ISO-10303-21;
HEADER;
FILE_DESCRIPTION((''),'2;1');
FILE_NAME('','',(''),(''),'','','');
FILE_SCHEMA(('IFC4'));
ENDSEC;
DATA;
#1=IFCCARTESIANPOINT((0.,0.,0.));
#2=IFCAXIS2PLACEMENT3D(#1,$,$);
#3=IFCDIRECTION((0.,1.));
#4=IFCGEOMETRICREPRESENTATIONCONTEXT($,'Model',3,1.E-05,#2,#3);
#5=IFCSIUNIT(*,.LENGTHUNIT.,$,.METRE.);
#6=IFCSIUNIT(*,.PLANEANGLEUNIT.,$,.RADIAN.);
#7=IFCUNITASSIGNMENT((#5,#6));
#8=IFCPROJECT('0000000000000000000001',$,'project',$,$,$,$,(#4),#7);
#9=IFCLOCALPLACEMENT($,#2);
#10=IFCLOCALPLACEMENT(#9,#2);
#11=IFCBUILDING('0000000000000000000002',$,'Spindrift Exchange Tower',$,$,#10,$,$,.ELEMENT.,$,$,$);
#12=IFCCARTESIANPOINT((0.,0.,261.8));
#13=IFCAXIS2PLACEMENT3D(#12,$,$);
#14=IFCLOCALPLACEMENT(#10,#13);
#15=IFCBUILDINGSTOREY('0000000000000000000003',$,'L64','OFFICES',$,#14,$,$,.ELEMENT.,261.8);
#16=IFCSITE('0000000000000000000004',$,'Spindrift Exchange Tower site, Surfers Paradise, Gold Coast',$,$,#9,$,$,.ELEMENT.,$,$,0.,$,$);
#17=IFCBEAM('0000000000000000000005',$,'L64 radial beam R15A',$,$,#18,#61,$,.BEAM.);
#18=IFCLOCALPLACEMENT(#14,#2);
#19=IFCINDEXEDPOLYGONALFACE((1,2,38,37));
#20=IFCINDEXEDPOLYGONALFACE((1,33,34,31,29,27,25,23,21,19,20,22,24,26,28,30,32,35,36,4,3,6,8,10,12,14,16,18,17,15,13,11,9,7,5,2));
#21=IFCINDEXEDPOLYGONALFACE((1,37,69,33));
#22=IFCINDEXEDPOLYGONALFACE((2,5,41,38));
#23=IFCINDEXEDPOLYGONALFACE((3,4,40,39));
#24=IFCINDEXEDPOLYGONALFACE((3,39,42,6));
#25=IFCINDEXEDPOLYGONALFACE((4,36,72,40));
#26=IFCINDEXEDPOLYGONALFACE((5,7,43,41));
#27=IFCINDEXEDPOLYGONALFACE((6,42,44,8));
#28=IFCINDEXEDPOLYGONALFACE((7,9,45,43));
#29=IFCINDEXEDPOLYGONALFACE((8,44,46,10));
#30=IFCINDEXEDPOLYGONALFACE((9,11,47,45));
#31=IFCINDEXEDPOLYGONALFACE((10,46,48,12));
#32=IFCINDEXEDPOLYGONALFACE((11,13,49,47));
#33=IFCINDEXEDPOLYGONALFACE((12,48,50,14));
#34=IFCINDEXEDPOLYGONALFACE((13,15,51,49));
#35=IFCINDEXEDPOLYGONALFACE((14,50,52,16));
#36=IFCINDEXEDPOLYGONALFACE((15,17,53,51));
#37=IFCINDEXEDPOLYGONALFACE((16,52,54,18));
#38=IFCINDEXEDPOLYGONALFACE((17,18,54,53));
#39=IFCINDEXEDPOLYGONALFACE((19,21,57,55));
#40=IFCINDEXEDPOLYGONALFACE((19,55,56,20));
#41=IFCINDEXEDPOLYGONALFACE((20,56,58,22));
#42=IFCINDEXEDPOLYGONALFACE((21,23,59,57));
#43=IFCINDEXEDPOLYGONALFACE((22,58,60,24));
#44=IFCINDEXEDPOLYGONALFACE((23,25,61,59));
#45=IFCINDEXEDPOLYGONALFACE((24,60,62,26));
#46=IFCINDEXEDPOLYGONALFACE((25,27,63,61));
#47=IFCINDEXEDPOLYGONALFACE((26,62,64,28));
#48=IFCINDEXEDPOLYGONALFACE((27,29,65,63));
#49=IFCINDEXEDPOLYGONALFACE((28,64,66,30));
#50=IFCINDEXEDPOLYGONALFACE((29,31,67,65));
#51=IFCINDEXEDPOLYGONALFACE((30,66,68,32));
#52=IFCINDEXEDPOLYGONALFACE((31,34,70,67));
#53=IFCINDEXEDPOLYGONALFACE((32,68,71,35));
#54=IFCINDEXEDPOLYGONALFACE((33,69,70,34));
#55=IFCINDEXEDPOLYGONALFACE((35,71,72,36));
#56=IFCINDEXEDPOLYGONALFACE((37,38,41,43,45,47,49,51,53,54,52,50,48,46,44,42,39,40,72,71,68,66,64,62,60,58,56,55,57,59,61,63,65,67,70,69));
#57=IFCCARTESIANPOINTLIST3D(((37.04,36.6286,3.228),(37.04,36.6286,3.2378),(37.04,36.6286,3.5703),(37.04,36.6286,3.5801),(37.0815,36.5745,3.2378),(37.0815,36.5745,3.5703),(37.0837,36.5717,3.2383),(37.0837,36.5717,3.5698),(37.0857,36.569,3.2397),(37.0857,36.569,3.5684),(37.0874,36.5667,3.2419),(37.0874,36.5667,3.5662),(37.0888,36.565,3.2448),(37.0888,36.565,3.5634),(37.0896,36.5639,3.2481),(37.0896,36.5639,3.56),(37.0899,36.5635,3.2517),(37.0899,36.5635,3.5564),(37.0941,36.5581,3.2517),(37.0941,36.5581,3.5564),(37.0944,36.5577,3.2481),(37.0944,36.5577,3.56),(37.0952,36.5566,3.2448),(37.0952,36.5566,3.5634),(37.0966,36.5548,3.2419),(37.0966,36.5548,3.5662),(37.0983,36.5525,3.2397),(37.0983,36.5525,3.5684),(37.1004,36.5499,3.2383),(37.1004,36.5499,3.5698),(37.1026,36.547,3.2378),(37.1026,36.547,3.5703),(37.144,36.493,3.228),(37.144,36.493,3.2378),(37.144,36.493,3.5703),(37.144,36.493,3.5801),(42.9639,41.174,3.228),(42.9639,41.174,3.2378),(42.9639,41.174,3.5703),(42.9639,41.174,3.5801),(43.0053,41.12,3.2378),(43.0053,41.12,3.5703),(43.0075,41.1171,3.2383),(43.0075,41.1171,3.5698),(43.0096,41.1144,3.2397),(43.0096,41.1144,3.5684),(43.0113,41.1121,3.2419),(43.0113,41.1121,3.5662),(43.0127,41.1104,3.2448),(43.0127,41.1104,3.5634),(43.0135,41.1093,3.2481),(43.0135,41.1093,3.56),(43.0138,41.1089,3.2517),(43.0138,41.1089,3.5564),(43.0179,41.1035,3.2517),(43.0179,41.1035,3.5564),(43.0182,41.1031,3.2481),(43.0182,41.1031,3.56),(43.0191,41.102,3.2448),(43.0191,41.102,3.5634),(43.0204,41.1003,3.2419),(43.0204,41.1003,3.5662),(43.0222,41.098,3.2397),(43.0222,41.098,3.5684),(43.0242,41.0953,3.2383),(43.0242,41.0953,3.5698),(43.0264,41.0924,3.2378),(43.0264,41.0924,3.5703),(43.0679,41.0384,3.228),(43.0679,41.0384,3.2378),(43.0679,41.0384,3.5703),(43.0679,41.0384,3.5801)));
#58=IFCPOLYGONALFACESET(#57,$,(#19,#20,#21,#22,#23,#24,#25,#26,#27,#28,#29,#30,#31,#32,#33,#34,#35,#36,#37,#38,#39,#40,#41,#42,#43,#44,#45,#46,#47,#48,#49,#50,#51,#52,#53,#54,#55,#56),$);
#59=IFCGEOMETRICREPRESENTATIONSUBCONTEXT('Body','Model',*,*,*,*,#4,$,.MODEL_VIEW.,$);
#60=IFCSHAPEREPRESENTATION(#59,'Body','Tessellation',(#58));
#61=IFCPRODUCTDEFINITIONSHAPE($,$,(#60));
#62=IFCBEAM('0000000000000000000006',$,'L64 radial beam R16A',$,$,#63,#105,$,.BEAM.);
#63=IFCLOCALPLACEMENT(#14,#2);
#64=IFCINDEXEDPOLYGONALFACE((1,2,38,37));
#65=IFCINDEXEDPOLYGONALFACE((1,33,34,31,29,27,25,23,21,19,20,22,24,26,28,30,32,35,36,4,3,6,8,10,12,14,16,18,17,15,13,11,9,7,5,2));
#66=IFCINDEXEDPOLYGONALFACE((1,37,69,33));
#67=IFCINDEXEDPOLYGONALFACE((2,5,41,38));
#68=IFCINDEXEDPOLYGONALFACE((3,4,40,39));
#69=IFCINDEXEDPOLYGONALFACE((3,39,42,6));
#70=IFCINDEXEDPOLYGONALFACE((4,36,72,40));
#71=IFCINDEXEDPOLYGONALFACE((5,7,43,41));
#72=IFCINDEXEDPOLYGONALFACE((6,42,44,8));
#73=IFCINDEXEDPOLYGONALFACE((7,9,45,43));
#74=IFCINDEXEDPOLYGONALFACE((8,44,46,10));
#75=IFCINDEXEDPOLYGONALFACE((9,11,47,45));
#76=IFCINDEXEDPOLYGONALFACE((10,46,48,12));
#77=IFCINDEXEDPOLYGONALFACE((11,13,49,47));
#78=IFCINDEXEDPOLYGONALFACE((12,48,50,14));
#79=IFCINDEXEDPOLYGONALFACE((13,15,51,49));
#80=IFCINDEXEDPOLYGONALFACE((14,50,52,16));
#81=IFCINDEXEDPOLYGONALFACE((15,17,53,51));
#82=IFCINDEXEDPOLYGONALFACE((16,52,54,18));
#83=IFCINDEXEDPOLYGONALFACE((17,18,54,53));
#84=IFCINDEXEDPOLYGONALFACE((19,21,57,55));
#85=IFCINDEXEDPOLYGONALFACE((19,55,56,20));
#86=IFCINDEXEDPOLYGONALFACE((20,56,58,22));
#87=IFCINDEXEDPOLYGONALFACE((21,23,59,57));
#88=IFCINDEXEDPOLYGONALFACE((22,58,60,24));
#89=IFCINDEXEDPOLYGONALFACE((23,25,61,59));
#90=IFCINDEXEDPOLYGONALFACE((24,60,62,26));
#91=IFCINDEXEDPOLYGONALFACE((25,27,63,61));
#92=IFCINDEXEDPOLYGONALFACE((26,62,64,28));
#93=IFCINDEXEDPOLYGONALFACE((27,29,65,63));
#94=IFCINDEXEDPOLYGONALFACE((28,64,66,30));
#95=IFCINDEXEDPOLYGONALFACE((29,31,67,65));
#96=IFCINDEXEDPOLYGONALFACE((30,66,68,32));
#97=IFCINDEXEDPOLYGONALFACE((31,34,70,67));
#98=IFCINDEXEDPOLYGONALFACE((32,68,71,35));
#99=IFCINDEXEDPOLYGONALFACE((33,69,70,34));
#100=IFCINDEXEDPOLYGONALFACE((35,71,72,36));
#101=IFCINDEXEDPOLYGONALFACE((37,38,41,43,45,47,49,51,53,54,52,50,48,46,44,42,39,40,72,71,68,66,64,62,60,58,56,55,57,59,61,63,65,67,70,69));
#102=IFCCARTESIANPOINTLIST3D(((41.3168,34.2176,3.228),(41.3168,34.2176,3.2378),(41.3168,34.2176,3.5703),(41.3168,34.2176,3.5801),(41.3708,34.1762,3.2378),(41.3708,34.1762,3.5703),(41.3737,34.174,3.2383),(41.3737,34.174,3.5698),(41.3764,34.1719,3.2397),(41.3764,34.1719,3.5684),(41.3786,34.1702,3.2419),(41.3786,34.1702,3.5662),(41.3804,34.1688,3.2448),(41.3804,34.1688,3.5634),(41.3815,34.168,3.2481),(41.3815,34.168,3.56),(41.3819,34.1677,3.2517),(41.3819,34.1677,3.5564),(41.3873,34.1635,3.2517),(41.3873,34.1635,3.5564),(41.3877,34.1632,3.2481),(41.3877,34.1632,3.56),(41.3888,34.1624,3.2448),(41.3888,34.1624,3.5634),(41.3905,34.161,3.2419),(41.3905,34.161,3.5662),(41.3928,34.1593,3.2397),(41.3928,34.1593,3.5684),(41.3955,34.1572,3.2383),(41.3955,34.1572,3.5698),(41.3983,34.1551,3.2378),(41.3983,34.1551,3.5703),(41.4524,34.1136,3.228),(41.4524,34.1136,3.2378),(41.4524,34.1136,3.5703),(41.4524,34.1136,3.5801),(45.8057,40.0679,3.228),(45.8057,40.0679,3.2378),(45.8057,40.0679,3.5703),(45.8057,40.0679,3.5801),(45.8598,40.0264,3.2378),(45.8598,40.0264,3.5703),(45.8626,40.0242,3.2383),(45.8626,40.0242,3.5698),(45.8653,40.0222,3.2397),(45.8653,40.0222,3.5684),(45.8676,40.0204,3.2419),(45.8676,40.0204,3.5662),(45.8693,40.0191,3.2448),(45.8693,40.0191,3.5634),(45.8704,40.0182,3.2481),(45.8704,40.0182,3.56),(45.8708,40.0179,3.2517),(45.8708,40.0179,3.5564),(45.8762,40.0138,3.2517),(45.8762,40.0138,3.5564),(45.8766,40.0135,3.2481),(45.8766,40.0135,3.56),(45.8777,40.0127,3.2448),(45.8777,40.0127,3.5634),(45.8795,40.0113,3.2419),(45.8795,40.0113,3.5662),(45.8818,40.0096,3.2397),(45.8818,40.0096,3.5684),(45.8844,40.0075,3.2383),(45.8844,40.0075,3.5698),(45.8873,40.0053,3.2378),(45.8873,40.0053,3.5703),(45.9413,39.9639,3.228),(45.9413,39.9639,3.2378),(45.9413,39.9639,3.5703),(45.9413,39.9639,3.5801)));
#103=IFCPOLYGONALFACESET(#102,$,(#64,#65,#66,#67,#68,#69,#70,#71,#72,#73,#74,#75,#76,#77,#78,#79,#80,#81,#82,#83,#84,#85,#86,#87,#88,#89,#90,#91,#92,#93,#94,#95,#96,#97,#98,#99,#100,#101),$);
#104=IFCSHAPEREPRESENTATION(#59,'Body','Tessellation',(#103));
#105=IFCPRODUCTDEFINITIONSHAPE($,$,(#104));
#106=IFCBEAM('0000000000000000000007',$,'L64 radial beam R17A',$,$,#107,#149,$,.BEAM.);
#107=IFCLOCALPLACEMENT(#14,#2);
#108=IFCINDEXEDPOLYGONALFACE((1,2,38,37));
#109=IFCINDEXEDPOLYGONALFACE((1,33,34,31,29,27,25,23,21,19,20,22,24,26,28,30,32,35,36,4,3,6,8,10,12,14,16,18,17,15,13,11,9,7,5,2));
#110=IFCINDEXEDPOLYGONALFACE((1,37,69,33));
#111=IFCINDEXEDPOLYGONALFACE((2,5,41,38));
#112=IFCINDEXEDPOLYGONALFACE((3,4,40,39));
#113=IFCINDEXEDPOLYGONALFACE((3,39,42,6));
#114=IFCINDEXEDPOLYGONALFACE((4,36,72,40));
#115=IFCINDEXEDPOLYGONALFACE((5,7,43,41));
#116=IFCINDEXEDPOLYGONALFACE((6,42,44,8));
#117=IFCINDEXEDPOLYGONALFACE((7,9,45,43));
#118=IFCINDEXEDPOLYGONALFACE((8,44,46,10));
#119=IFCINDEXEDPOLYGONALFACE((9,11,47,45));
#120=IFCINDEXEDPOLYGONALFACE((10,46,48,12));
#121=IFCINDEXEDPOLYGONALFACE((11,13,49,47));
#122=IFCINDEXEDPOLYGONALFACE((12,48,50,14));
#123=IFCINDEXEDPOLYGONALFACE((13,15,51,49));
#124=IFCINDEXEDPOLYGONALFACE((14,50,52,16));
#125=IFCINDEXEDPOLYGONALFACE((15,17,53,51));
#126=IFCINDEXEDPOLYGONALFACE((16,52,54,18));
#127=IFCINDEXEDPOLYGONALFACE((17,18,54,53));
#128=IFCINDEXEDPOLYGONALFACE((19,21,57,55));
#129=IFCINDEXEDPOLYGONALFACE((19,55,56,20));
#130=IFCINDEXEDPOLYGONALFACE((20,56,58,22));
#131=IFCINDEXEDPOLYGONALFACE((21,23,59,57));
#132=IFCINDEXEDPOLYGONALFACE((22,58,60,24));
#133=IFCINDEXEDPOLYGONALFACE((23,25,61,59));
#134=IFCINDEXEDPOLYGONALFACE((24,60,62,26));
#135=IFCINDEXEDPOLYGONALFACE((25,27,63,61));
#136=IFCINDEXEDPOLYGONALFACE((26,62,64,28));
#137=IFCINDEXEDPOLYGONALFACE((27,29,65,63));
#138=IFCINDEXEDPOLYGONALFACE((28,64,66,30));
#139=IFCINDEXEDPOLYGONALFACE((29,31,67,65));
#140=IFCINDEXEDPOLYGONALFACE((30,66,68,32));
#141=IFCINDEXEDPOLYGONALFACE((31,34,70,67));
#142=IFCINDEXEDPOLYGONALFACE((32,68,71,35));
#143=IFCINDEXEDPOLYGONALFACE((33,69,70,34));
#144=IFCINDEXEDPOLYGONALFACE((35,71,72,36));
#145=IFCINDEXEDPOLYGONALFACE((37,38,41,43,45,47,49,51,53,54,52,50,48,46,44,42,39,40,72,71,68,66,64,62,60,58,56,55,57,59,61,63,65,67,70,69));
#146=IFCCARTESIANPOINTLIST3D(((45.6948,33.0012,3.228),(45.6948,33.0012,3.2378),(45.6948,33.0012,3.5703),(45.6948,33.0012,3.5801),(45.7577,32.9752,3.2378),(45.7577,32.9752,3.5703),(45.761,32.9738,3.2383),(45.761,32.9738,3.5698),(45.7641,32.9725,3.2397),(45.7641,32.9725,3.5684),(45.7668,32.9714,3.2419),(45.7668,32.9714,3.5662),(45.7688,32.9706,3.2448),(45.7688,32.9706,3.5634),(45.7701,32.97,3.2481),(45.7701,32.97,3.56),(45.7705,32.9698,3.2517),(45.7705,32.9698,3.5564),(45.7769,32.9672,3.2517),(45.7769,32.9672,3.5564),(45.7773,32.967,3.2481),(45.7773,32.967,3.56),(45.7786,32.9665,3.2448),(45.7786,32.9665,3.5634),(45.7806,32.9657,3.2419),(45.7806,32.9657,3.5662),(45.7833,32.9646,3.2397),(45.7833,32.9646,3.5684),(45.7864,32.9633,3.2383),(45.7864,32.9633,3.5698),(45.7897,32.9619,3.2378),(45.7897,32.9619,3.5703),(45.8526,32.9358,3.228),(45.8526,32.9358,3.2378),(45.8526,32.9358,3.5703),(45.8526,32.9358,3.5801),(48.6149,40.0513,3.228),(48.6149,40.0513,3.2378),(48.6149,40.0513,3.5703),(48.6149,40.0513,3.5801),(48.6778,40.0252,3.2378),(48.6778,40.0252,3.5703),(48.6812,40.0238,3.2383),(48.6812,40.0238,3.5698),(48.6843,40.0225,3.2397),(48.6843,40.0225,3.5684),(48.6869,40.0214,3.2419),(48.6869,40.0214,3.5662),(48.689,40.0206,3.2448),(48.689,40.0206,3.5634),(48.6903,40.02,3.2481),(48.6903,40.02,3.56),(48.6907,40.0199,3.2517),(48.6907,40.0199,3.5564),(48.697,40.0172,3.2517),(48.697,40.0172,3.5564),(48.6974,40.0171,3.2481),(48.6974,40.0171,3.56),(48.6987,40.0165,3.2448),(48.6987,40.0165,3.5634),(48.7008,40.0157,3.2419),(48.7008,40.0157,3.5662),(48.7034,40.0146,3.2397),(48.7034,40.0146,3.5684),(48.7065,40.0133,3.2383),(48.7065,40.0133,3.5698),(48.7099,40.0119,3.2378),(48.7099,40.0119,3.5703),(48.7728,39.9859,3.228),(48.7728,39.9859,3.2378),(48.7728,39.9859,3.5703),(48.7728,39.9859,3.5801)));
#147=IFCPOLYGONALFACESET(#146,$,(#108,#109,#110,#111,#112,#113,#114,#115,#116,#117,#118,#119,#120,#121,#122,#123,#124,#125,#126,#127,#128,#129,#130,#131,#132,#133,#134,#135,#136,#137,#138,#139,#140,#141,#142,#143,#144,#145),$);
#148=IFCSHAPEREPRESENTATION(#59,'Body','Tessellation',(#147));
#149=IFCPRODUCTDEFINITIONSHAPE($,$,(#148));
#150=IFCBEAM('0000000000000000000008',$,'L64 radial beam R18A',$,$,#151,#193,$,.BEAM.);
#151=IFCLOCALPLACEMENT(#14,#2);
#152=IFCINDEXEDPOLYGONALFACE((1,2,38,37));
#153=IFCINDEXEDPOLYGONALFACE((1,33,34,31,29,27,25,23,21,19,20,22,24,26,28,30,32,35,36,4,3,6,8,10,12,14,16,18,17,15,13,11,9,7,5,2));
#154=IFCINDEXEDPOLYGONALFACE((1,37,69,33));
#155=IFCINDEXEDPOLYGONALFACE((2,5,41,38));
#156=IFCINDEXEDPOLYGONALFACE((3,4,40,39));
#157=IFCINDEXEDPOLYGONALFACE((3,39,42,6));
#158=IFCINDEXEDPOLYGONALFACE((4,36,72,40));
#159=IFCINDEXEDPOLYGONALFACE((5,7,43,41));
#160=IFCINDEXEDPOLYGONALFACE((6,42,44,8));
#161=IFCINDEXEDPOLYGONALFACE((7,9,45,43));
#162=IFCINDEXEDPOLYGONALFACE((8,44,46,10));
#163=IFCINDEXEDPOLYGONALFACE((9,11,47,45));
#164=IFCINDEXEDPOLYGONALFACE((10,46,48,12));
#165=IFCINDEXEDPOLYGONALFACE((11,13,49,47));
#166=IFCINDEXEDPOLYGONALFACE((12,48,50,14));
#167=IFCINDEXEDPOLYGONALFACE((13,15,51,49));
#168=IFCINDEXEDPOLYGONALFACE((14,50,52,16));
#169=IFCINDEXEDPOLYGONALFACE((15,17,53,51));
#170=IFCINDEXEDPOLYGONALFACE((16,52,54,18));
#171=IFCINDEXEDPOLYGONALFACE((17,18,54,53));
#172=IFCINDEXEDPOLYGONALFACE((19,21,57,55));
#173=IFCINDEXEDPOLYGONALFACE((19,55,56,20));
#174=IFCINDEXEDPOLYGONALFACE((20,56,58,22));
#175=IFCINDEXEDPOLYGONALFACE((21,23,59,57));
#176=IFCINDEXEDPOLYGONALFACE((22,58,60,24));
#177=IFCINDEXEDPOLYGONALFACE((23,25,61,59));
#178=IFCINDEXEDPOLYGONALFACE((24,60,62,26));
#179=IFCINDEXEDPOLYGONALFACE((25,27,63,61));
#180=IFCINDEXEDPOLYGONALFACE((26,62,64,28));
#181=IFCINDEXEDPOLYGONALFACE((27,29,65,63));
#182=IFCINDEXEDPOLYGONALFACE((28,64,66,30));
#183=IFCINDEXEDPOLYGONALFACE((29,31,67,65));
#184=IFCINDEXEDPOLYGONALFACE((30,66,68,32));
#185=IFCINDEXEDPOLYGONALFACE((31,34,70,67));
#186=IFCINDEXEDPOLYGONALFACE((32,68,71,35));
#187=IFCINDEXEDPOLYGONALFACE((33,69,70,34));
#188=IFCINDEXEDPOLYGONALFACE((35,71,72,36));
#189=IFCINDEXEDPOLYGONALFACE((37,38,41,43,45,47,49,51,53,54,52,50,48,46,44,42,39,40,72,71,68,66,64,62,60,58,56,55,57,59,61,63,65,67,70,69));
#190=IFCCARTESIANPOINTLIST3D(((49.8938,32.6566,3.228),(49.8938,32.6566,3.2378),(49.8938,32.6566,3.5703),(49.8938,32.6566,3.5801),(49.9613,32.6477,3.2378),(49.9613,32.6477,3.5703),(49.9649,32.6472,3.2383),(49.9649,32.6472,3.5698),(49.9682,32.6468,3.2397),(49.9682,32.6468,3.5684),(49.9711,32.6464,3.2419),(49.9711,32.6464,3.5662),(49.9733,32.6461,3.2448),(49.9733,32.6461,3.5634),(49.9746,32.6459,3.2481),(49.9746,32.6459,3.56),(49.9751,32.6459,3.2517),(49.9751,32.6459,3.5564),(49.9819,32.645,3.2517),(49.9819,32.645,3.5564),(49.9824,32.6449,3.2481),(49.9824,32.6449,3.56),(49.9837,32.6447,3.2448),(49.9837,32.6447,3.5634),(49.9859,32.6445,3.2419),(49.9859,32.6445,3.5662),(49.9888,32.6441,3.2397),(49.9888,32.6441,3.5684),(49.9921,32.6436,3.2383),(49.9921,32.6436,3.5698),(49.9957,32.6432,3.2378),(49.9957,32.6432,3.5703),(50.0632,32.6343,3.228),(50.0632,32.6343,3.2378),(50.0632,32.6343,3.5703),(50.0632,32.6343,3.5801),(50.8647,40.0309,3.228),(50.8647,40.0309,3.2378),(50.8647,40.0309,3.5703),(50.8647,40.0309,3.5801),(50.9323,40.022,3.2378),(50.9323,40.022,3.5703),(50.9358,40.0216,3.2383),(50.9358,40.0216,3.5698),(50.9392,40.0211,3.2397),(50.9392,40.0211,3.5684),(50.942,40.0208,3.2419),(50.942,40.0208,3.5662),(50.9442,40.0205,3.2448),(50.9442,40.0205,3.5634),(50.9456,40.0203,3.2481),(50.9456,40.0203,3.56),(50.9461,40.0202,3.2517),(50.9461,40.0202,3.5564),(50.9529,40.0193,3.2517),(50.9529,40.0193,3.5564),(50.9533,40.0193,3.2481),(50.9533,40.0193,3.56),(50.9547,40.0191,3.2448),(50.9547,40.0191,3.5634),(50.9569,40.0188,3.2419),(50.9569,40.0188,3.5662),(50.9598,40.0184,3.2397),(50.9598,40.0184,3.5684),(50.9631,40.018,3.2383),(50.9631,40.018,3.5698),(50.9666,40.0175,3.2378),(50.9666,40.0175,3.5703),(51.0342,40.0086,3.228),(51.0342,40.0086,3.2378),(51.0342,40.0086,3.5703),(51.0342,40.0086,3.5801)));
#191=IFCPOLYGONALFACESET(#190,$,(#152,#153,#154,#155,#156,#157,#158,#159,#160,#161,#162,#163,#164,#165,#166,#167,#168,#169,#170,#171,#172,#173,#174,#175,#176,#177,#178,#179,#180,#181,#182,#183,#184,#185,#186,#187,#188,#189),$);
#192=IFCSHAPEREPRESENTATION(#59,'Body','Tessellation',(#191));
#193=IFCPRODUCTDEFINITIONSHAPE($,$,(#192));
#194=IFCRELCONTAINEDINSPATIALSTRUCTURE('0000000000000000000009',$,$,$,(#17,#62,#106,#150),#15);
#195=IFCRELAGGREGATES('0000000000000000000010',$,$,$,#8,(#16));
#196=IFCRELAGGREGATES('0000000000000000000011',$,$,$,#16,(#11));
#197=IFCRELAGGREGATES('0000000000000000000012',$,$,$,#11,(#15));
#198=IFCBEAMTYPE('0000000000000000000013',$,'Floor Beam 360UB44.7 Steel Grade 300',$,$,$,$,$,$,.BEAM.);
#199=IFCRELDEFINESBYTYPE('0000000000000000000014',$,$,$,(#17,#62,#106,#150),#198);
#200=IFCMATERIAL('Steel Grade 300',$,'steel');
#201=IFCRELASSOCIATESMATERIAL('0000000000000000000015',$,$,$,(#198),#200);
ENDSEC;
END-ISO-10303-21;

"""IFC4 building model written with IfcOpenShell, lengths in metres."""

from ifc_helpers import new_model, si_unit, direction, frame, origin, origin_2d, place, context, subcontext, project, spatial, i_section, extrude, source, transform, mapped, material, material_profile, profile_set, type_object, element, save


model = new_model("IFC4")

# Units and contexts
model_context = context("Model", 3, precision=1e-05, world=origin(), true_north=direction((0.0, 1.0)))
body_context = subcontext(model_context, "Body", "Model", "MODEL_VIEW")
ifc_project = project(units=[si_unit("LENGTHUNIT", "METRE"), si_unit("PLANEANGLEUNIT", "RADIAN")], contexts=[model_context])

# Site, building, storey
site_placement = place(None, origin())
site = spatial("IfcSite", under=ifc_project, at=site_placement, Name="Spindrift Exchange Tower site, Surfers Paradise, Gold Coast", CompositionType="ELEMENT", RefElevation=0.0)
building_placement = place(site_placement, origin())
building = spatial("IfcBuilding", under=site, at=building_placement, Name="Spindrift Exchange Tower", CompositionType="ELEMENT")
storey_placement = place(building_placement, frame((0.0, 0.0, 261.8)))
storey = spatial("IfcBuildingStorey", under=building, at=storey_placement, Name="L64", Description="OFFICES", CompositionType="ELEMENT", Elevation=261.8)

# Beams
ifc_material_1 = material(Name="Steel Grade 300", Category="steel")
ifc_material_profile = material_profile(ifc_material_1, i_section(OverallWidth=0.1709, OverallDepth=0.3521, WebThickness=0.0068, FlangeThickness=0.0098, FilletRadius=0.0139, at=origin_2d()), Name="360UB44.7")
ifc_profile_set = profile_set([ifc_material_profile], Name="Steel Grade 300")
beam_type = type_object("IfcBeamType", Name="Floor Beam 360UB44.7 Steel Grade 300", PredefinedType="BEAM", material=ifc_profile_set)
shared_shape_1 = source(origin(), body_context, "Body", "SweptSolid", [
    extrude(i_section(OverallWidth=0.1709, OverallDepth=0.3521, WebThickness=0.0068, FlangeThickness=0.0098, FilletRadius=0.0139, at=origin_2d()), origin(), (0.0, 0.0, 1.0), 7.4668),
])
beam_1_placement = place(storey_placement, frame((43.0159, 41.1062, 3.4041), z_axis=(-0.79336, -0.608753, 0.0), x_axis=(0.608753, -0.79336, 0.0)))
element("IfcBeam", 1, at=beam_1_placement, inside=storey, type_object=beam_type, Name="L64 radial beam R15A", PredefinedType="BEAM", context=body_context, shape_type="MappedRepresentation", body=[
    mapped(shared_shape_1, transform((0.0, 0.0, 0.0), scale=1.0)),
])
shared_shape_2 = source(origin(), body_context, "Body", "SweptSolid", [
    extrude(i_section(OverallWidth=0.1709, OverallDepth=0.3521, WebThickness=0.0068, FlangeThickness=0.0098, FilletRadius=0.0139, at=origin_2d()), origin(), (0.0, 0.0, 1.0), 7.374),
])
beam_2_placement = place(storey_placement, frame((45.8735, 40.0159, 3.4041), z_axis=(-0.608752, -0.793361, 0.0), x_axis=(0.793361, -0.608752, 0.0)))
element("IfcBeam", 2, at=beam_2_placement, inside=storey, type_object=beam_type, Name="L64 radial beam R16A", PredefinedType="BEAM", context=body_context, shape_type="MappedRepresentation", body=[
    mapped(shared_shape_2, transform((0.0, 0.0, 0.0), scale=1.0)),
])
shared_shape_3 = source(origin(), body_context, "Body", "SweptSolid", [
    extrude(i_section(OverallWidth=0.1709, OverallDepth=0.3521, WebThickness=0.0068, FlangeThickness=0.0098, FilletRadius=0.0139, at=origin_2d()), origin(), (0.0, 0.0, 1.0), 7.6309),
])
beam_3_placement = place(storey_placement, frame((48.6938, 40.0186, 3.4041), z_axis=(-0.382677, -0.923882, 0.0), x_axis=(0.923882, -0.382677, 0.0)))
element("IfcBeam", 3, at=beam_3_placement, inside=storey, type_object=beam_type, Name="L64 radial beam R17A", PredefinedType="BEAM", context=body_context, shape_type="MappedRepresentation", body=[
    mapped(shared_shape_3, transform((0.0, 0.0, 0.0), scale=1.0)),
])
shared_shape_4 = source(origin(), body_context, "Body", "SweptSolid", [
    extrude(i_section(OverallWidth=0.1709, OverallDepth=0.3521, WebThickness=0.0068, FlangeThickness=0.0098, FilletRadius=0.0139, at=origin_2d()), origin(), (0.0, 0.0, 1.0), 7.438),
])
beam_4_placement = place(storey_placement, frame((50.9495, 40.0198, 3.4041), z_axis=(-0.13054, -0.991443, 0.0), x_axis=(0.991443, -0.13054, 0.0)))
element("IfcBeam", 4, at=beam_4_placement, inside=storey, type_object=beam_type, Name="L64 radial beam R18A", PredefinedType="BEAM", context=body_context, shape_type="MappedRepresentation", body=[
    mapped(shared_shape_4, transform((0.0, 0.0, 0.0), scale=1.0)),
])

save(model, "model.ifc")
